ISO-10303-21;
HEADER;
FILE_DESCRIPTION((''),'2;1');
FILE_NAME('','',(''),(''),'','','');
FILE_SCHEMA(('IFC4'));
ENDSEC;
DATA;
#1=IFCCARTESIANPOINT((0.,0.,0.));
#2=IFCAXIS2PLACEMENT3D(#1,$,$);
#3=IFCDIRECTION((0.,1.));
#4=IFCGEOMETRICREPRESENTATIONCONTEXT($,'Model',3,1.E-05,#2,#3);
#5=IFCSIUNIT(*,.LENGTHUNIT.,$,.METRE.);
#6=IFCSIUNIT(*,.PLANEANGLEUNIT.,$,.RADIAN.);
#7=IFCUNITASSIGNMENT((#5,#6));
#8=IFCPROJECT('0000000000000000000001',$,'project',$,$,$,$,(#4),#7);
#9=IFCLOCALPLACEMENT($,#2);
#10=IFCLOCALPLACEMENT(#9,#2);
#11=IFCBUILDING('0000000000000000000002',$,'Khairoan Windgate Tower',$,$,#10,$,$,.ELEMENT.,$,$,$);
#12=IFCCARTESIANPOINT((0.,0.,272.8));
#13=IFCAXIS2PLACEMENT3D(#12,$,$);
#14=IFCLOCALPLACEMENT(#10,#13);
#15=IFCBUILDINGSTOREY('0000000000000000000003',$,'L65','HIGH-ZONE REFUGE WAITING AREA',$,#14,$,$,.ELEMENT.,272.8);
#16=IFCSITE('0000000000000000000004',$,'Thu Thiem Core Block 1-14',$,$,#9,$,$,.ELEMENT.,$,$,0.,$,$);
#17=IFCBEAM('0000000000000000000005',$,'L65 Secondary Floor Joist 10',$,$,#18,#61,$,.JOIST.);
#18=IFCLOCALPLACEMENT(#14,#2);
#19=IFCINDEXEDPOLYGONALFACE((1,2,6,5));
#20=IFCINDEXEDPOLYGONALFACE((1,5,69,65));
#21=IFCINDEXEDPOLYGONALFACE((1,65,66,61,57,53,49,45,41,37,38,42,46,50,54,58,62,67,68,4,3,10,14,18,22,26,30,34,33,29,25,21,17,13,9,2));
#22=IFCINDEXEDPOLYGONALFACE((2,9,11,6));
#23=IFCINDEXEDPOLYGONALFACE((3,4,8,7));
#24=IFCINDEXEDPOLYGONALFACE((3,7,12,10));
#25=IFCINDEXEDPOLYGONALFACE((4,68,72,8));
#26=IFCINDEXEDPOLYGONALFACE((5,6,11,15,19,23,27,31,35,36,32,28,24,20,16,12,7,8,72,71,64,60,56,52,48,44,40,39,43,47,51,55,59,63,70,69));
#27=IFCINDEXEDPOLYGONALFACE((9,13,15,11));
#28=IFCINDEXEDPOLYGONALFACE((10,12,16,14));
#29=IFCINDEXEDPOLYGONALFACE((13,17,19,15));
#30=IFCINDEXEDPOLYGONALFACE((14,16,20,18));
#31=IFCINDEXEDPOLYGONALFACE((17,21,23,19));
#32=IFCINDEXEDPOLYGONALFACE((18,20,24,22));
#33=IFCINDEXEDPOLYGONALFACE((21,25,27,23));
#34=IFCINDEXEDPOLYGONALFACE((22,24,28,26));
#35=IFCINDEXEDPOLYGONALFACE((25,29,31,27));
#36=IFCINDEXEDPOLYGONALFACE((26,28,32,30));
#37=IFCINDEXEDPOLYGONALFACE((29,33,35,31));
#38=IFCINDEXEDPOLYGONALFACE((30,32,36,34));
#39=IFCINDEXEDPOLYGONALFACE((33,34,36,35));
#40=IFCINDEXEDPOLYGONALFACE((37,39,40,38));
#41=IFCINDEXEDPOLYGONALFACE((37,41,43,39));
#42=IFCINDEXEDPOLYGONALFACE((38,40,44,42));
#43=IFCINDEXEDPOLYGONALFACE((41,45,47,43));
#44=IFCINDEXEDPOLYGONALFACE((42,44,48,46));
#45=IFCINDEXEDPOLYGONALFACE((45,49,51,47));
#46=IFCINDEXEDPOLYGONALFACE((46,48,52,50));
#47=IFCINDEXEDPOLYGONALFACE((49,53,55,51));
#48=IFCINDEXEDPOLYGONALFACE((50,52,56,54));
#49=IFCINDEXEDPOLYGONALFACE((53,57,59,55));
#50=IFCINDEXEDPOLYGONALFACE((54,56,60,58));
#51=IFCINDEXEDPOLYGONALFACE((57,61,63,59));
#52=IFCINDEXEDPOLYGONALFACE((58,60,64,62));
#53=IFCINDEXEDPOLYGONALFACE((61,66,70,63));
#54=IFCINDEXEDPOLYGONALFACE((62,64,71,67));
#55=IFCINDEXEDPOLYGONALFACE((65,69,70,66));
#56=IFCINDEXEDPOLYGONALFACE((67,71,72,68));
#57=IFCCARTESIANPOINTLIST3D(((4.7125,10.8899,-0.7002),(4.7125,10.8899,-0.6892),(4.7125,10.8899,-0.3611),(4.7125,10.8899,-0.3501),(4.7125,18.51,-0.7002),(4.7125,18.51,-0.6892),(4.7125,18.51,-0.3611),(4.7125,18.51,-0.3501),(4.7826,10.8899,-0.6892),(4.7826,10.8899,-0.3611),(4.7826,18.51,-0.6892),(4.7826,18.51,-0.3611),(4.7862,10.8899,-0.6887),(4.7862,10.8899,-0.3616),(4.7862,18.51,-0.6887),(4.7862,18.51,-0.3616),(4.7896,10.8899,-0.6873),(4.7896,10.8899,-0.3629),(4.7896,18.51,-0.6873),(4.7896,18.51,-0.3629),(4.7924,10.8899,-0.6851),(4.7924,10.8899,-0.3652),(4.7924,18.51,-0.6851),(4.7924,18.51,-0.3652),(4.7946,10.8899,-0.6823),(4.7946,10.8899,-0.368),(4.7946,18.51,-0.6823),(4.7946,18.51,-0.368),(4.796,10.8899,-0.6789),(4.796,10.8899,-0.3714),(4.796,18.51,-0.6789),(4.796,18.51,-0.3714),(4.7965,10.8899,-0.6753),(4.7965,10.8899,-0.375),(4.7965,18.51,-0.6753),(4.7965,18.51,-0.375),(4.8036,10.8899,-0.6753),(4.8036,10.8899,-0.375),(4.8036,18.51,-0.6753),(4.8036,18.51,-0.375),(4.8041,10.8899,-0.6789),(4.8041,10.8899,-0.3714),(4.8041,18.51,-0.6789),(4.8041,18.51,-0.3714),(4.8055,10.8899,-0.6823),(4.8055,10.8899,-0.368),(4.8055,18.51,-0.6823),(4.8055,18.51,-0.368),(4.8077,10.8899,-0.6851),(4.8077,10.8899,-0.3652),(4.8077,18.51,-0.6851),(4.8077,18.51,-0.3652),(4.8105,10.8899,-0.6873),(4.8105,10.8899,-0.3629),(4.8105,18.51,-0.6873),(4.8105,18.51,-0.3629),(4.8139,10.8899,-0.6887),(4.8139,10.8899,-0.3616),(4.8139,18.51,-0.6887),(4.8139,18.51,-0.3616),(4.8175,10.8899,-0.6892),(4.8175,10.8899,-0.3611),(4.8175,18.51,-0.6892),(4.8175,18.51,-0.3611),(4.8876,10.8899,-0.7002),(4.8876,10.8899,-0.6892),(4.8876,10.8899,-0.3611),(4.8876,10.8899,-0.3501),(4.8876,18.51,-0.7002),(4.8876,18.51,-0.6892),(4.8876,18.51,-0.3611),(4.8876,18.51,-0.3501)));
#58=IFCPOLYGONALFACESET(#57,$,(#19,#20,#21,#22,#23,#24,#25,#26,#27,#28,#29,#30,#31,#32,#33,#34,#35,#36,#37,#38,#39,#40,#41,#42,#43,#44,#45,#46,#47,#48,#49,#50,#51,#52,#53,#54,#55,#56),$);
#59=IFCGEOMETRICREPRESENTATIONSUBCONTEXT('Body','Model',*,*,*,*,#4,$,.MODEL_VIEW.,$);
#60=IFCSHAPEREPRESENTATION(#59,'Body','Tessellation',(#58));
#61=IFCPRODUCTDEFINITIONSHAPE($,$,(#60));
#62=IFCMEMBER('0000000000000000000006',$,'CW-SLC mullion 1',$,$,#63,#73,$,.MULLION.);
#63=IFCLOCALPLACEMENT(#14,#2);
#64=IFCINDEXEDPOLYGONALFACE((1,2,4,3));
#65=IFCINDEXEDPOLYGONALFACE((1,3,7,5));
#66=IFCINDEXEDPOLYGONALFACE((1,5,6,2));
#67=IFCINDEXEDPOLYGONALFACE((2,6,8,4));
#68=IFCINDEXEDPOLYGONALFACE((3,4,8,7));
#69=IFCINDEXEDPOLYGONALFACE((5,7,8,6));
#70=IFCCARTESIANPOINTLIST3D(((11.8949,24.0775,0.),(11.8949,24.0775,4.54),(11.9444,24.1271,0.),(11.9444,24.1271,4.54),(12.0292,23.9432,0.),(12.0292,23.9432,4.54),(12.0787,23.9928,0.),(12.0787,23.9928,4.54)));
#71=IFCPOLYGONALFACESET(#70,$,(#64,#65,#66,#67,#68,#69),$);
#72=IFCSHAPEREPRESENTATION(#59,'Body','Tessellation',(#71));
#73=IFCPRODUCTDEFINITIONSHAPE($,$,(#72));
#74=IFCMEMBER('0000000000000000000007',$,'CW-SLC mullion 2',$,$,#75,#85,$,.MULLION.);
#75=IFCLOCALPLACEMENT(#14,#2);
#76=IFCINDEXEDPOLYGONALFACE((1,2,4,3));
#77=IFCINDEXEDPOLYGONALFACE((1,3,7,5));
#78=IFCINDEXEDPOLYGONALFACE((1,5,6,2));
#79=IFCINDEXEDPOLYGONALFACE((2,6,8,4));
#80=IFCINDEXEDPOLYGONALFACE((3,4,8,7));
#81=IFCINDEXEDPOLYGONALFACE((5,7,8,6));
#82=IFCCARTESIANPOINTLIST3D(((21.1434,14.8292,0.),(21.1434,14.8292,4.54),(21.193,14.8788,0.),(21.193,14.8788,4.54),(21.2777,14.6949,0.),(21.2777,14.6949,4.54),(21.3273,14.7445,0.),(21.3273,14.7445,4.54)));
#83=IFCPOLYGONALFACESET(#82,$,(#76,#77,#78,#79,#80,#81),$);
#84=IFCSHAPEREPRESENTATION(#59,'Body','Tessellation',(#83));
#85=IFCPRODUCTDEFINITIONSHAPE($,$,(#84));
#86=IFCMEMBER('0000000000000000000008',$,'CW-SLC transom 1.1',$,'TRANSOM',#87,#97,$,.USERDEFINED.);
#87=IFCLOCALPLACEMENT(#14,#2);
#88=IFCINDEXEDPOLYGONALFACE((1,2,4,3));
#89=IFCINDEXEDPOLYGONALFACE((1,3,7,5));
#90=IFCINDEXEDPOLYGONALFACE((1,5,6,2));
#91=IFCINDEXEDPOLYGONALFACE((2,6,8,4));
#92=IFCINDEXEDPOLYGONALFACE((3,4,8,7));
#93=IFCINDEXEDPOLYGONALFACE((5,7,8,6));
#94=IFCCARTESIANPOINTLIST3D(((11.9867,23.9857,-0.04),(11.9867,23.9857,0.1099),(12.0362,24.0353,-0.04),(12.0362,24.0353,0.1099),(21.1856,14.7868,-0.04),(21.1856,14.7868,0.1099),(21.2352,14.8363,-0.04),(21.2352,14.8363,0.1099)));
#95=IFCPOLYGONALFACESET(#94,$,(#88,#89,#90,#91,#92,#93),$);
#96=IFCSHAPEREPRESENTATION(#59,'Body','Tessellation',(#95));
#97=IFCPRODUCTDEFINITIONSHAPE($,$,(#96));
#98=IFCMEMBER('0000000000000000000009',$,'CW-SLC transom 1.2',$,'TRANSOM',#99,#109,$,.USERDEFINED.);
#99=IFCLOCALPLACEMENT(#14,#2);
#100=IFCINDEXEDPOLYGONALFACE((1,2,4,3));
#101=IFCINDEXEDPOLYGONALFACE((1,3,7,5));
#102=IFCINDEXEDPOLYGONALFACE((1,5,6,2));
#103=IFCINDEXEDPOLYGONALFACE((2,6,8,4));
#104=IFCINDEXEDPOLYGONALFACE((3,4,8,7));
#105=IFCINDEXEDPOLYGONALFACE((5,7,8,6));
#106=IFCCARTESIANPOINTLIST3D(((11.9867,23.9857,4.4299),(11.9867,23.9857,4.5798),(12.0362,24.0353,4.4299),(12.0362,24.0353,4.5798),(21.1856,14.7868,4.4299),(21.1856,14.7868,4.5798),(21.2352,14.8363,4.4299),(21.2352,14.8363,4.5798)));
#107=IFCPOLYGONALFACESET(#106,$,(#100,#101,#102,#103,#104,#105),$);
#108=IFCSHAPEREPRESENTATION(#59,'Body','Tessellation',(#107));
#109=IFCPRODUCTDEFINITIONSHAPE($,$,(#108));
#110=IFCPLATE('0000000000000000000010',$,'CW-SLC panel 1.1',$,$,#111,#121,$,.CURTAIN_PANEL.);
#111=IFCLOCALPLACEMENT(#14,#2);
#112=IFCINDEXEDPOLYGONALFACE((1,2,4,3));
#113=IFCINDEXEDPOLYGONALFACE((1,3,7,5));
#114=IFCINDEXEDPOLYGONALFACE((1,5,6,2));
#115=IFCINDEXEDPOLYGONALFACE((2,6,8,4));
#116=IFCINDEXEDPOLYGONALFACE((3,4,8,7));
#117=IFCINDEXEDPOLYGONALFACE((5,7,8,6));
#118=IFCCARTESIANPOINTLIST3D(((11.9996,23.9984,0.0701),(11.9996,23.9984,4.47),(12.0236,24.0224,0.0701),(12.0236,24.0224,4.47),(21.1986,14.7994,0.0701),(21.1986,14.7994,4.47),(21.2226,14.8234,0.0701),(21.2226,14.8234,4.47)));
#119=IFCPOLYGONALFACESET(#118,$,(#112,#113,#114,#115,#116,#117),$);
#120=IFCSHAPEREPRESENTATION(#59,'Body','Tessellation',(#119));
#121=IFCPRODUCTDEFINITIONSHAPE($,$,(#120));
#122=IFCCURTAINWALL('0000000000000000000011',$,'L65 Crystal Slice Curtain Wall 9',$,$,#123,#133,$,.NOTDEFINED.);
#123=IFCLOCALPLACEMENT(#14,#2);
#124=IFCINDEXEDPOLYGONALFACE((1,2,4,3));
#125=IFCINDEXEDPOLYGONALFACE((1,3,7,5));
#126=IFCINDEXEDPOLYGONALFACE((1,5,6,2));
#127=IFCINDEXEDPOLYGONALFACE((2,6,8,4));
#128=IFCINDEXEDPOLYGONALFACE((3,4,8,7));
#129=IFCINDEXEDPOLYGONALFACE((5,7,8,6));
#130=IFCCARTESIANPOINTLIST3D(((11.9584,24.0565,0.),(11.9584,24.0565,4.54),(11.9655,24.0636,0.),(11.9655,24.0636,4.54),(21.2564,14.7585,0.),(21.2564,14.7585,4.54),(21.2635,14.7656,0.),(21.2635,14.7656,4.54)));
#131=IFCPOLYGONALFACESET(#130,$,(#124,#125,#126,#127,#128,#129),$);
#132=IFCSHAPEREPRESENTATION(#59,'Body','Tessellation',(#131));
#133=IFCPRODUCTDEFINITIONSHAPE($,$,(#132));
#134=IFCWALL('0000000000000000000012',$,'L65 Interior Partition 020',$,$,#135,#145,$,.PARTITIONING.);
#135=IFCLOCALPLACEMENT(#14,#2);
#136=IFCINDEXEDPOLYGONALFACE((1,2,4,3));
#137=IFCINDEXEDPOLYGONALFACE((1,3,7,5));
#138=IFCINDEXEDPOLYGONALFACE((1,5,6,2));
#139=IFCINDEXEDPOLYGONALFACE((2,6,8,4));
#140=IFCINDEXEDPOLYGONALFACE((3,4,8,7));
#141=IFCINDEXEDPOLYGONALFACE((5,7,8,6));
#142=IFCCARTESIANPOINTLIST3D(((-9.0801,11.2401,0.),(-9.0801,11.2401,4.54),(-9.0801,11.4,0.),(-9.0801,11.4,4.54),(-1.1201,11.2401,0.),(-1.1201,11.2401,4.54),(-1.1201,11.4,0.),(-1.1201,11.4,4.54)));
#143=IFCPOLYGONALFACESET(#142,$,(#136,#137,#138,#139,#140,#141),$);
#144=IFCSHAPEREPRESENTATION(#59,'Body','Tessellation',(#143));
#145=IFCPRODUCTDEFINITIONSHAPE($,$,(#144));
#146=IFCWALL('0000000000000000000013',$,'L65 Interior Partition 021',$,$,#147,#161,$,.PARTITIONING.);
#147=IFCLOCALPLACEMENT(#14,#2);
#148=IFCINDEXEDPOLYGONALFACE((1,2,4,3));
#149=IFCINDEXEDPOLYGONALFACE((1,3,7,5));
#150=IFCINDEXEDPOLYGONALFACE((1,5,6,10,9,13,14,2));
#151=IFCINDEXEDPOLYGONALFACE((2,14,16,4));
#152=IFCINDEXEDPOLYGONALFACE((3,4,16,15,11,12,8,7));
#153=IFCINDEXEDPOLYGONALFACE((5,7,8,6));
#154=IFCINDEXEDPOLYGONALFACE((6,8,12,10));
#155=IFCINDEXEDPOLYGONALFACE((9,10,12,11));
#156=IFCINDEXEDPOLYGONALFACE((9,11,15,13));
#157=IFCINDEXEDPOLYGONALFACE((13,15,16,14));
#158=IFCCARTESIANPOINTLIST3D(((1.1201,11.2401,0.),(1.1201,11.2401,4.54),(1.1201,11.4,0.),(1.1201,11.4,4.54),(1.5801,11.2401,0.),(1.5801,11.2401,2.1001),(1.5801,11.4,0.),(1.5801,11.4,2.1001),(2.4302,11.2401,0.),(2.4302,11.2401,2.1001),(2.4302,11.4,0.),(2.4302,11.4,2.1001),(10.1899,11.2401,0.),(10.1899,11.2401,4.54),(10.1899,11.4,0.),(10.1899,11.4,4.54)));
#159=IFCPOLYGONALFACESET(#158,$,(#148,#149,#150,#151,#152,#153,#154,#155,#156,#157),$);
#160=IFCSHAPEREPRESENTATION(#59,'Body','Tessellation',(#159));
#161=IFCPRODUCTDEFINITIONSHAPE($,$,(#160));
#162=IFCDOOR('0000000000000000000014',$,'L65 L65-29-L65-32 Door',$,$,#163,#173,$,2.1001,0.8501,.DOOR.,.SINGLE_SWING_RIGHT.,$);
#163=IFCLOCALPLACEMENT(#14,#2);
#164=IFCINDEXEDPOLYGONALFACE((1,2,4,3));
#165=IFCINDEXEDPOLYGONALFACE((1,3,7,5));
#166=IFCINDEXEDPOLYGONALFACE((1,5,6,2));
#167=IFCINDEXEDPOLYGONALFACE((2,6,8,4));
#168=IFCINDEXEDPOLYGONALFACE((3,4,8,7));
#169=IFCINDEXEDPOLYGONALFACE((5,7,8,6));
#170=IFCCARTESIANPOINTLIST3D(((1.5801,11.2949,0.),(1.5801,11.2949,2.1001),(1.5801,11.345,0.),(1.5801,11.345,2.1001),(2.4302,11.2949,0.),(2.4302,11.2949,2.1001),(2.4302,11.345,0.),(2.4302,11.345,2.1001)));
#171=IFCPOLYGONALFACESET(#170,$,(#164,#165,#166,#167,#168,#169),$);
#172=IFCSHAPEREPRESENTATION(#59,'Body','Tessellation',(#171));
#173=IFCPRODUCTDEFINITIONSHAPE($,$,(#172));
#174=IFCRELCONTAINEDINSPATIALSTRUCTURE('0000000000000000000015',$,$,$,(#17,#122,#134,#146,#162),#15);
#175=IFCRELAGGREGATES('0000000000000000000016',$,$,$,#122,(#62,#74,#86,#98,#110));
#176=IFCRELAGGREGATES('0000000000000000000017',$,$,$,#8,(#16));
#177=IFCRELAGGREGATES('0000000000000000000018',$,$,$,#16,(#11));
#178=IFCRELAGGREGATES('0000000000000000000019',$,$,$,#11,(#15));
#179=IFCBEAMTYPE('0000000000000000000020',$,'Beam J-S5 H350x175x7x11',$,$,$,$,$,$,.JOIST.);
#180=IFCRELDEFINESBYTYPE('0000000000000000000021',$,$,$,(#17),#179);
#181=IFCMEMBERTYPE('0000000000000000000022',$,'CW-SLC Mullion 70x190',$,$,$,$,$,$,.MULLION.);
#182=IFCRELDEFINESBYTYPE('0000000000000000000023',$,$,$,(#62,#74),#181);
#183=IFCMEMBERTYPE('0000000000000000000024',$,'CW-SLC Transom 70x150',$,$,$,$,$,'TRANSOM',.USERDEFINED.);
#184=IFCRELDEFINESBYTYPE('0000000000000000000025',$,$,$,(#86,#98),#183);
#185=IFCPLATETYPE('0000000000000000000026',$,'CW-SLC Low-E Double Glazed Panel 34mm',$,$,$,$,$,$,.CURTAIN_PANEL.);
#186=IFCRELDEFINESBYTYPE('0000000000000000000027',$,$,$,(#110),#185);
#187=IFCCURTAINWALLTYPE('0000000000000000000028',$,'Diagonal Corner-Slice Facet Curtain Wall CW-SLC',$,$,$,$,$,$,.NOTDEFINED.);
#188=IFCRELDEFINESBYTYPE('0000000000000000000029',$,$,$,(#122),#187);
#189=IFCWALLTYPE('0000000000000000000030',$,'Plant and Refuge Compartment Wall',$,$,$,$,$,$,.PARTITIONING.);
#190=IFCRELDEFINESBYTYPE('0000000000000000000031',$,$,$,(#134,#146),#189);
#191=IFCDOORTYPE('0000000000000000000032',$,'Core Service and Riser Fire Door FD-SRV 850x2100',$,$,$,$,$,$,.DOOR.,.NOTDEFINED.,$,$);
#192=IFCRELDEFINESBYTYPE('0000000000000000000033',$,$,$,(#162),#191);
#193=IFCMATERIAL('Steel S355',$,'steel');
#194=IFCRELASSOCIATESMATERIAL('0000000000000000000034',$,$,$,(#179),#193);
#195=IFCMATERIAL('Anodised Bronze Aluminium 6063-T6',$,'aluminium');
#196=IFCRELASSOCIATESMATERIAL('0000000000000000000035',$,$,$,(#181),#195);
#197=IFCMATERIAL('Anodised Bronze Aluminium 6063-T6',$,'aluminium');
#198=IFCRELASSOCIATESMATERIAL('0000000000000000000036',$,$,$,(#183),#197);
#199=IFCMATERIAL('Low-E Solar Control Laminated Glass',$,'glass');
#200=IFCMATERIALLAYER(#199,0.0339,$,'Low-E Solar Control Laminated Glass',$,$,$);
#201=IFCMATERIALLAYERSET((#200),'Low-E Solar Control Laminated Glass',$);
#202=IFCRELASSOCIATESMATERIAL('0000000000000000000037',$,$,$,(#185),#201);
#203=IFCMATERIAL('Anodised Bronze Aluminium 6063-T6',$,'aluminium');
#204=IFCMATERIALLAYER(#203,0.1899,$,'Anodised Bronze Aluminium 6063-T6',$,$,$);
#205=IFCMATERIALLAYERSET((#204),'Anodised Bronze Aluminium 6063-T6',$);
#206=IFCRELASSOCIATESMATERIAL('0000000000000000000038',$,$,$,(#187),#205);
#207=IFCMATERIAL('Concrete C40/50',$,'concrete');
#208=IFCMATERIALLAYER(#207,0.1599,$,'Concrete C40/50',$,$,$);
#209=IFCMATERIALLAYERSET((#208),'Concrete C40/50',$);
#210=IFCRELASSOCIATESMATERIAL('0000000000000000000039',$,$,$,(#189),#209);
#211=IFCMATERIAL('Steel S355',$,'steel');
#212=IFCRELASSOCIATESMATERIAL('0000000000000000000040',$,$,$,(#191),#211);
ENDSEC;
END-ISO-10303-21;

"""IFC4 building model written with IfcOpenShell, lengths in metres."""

from ifc_helpers import new_model, si_unit, direction, frame, frame_2d, origin, origin_2d, place, context, subcontext, project, spatial, rectangle, i_section, extrude, material, layer, layer_set, material_profile, profile_set, type_object, element, fill, aggregate, save


model = new_model("IFC4")

# Units and contexts
model_context = context("Model", 3, precision=1e-05, world=origin(), true_north=direction((0.0, 1.0)))
body_context = subcontext(model_context, "Body", "Model", "MODEL_VIEW")
ifc_project = project(units=[si_unit("LENGTHUNIT", "METRE"), si_unit("PLANEANGLEUNIT", "RADIAN")], contexts=[model_context])

# Site, building, storey
site_placement = place(None, origin())
site = spatial("IfcSite", under=ifc_project, at=site_placement, Name="Thu Thiem Core Block 1-14", CompositionType="ELEMENT", RefElevation=0.0)
building_placement = place(site_placement, origin())
building = spatial("IfcBuilding", under=site, at=building_placement, Name="Khairoan Windgate Tower", CompositionType="ELEMENT")
storey_placement = place(building_placement, frame((0.0, 0.0, 272.8)))
storey = spatial("IfcBuildingStorey", under=building, at=storey_placement, Name="L65", Description="HIGH-ZONE REFUGE WAITING AREA", CompositionType="ELEMENT", Elevation=272.8)

# Beam
ifc_material_1 = material(Name="Steel S355", Category="steel")
ifc_material_profile_1 = material_profile(ifc_material_1, i_section(OverallWidth=0.175, OverallDepth=0.3501, WebThickness=0.0071, FlangeThickness=0.011, FilletRadius=0.0139, at=origin_2d()))
ifc_profile_set_1 = profile_set([ifc_material_profile_1], Name="Steel S355")
beam_type_1 = type_object("IfcBeamType", Name="Beam J-S5 H350x175x7x11", PredefinedType="JOIST", material=ifc_profile_set_1)
for number, where, z_axis, x_axis, name in (
    (1, (4.8, 10.8899, -0.5251), (0.0, 1.0, 0.0), (-1.0, 0.0, 0.0), "L65 Secondary Floor Joist 10"),
):
    element("IfcBeam", number, at=place(storey_placement, frame(where, z_axis=z_axis, x_axis=x_axis)), inside=storey, type_object=beam_type_1, Name=name, PredefinedType="JOIST", context=body_context, shape_type="SweptSolid", body=[
        extrude(i_section(OverallWidth=0.175, OverallDepth=0.3501, WebThickness=0.0071, FlangeThickness=0.011, FilletRadius=0.0139, at=origin_2d()), origin(), (0.0, 0.0, 1.0), 7.6201),
    ])

# Members
ifc_material_2 = material(Name="Anodised Bronze Aluminium 6063-T6", Category="aluminium")
ifc_material_profile_2 = material_profile(ifc_material_2, rectangle(XDim=0.0701, YDim=0.1899, at=origin_2d()))
ifc_profile_set_2 = profile_set([ifc_material_profile_2], Name="Anodised Bronze Aluminium 6063-T6")
member_type_1 = type_object("IfcMemberType", Name="CW-SLC Mullion 70x190", PredefinedType="MULLION", material=ifc_profile_set_2)
member_1_placement = place(storey_placement, frame((11.9868, 24.0352, 0.0), z_axis=(0.0, 0.0, 1.0), x_axis=(0.707107, 0.707107, 0.0)))
member_1 = element("IfcMember", 2, at=member_1_placement, type_object=member_type_1, Name="CW-SLC mullion 1", PredefinedType="MULLION", context=body_context, shape_type="SweptSolid", body=[
    extrude(rectangle(XDim=0.0701, YDim=0.1899, at=origin_2d()), origin(), (0.0, 0.0, 1.0), 4.54),
])
member_2_placement = place(storey_placement, frame((21.2354, 14.7869, 0.0), z_axis=(0.0, 0.0, 1.0), x_axis=(0.707107, 0.707107, 0.0)))
member_2 = element("IfcMember", 3, at=member_2_placement, type_object=member_type_1, Name="CW-SLC mullion 2", PredefinedType="MULLION", context=body_context, shape_type="SweptSolid", body=[
    extrude(rectangle(XDim=0.0701, YDim=0.1899, at=origin_2d()), origin(), (0.0, 0.0, 1.0), 4.54),
])
ifc_material_3 = material(Name="Anodised Bronze Aluminium 6063-T6", Category="aluminium")
ifc_material_profile_3 = material_profile(ifc_material_3, rectangle(XDim=0.0701, YDim=0.1499, at=origin_2d()))
ifc_profile_set_3 = profile_set([ifc_material_profile_3], Name="Anodised Bronze Aluminium 6063-T6")
member_type_2 = type_object("IfcMemberType", Name="CW-SLC Transom 70x150", ElementType="TRANSOM", PredefinedType="USERDEFINED", material=ifc_profile_set_3)
member_3_placement = place(storey_placement, frame((12.0115, 24.0105, 0.0349), z_axis=(0.707107, -0.707107, 0.0), x_axis=(0.707107, 0.707107, 0.0)))
member_3 = element("IfcMember", 4, at=member_3_placement, type_object=member_type_2, Name="CW-SLC transom 1.1", ObjectType="TRANSOM", PredefinedType="USERDEFINED", context=body_context, shape_type="SweptSolid", body=[
    extrude(rectangle(XDim=0.0701, YDim=0.1499, at=origin_2d()), origin(), (0.0, 0.0, 1.0), 13.0093),
])
member_4_placement = place(storey_placement, frame((12.0115, 24.0105, 4.5049), z_axis=(0.707107, -0.707107, 0.0), x_axis=(0.707107, 0.707107, 0.0)))
member_4 = element("IfcMember", 5, at=member_4_placement, type_object=member_type_2, Name="CW-SLC transom 1.2", ObjectType="TRANSOM", PredefinedType="USERDEFINED", context=body_context, shape_type="SweptSolid", body=[
    extrude(rectangle(XDim=0.0701, YDim=0.1499, at=origin_2d()), origin(), (0.0, 0.0, 1.0), 13.0093),
])

# Plate
ifc_material_4 = material(Name="Low-E Solar Control Laminated Glass", Category="glass")
ifc_layer_1 = layer(ifc_material_4, 0.0339, Name="Low-E Solar Control Laminated Glass")
ifc_layer_set_1 = layer_set([ifc_layer_1], Name="Low-E Solar Control Laminated Glass")
plate_type = type_object("IfcPlateType", Name="CW-SLC Low-E Double Glazed Panel 34mm", PredefinedType="CURTAIN_PANEL", material=ifc_layer_set_1)
plate_placement = place(storey_placement, frame((16.6111, 19.4109, 0.0701), z_axis=(0.0, 0.0, 1.0), x_axis=(0.707107, -0.707107, 0.0)))
plate = element("IfcPlate", 6, at=plate_placement, type_object=plate_type, Name="CW-SLC panel 1.1", PredefinedType="CURTAIN_PANEL", context=body_context, shape_type="SweptSolid", body=[
    extrude(rectangle(XDim=13.0093, YDim=0.0339, at=origin_2d()), origin(), (0.0, 0.0, 1.0), 4.3999),
])

# Curtain wall
ifc_material_5 = material(Name="Anodised Bronze Aluminium 6063-T6", Category="aluminium")
ifc_layer_2 = layer(ifc_material_5, 0.1899, Name="Anodised Bronze Aluminium 6063-T6")
ifc_layer_set_2 = layer_set([ifc_layer_2], Name="Anodised Bronze Aluminium 6063-T6")
curtain_wall_type = type_object("IfcCurtainWallType", Name="Diagonal Corner-Slice Facet Curtain Wall CW-SLC", PredefinedType="NOTDEFINED", material=ifc_layer_set_2)
curtain_wall_placement = place(storey_placement, frame((11.9619, 24.0601, 0.0), z_axis=(0.0, 0.0, 1.0), x_axis=(0.707107, -0.707107, 0.0)))
curtain_wall = element("IfcCurtainWall", 7, at=curtain_wall_placement, inside=storey, type_object=curtain_wall_type, Name="L65 Crystal Slice Curtain Wall 9", PredefinedType="NOTDEFINED", context=body_context, shape_type="SweptSolid", body=[
    extrude(rectangle(XDim=13.1494, YDim=0.01, at=frame_2d((6.5747, 0.0))), origin(), (0.0, 0.0, 1.0), 4.54),
])
aggregate(curtain_wall, [member_1, member_2, member_3, member_4, plate])

# Wall
ifc_material_6 = material(Name="Concrete C40/50", Category="concrete")
ifc_layer_3 = layer(ifc_material_6, 0.1599, Name="Concrete C40/50")
ifc_layer_set_3 = layer_set([ifc_layer_3], Name="Concrete C40/50")
wall_type = type_object("IfcWallType", Name="Plant and Refuge Compartment Wall", PredefinedType="PARTITIONING", material=ifc_layer_set_3)
wall_1_placement = place(storey_placement, frame((-9.0801, 11.3201, 0.0), z_axis=(0.0, 0.0, 1.0), x_axis=(1.0, 0.0, 0.0)))
element("IfcWall", 8, at=wall_1_placement, inside=storey, type_object=wall_type, Name="L65 Interior Partition 020", PredefinedType="PARTITIONING", context=body_context, shape_type="SweptSolid", body=[
    extrude(rectangle(XDim=7.96, YDim=0.1599, at=frame_2d((3.98, 0.0))), origin(), (0.0, 0.0, 1.0), 4.54),
])

# Wall, opening, door
wall_2_placement = place(storey_placement, frame((1.1201, 11.3201, 0.0), z_axis=(0.0, 0.0, 1.0), x_axis=(1.0, 0.0, 0.0)))
wall_2 = element("IfcWall", 9, at=wall_2_placement, inside=storey, type_object=wall_type, Name="L65 Interior Partition 021", PredefinedType="PARTITIONING", context=body_context, shape_type="SweptSolid", body=[
    extrude(rectangle(XDim=9.0698, YDim=0.1599, at=frame_2d((4.5349, 0.0))), origin(), (0.0, 0.0, 1.0), 4.54),
])
opening_placement = place(wall_2_placement, frame((0.46, 0.0, 0.0)))
opening = element("IfcOpeningElement", 10, at=opening_placement, cuts=wall_2, PredefinedType="OPENING", context=body_context, shape_type="SweptSolid", body=[
    extrude(rectangle(XDim=0.8501, YDim=2.1001, at=frame_2d((0.425, 1.05))), frame((0.0, 0.0898, 0.0), z_axis=(0.0, -1.0, 0.0), x_axis=(1.0, 0.0, 0.0)), (0.0, 0.0, 1.0), 0.1799),
])
ifc_material_7 = material(Name="Steel S355", Category="steel")
door_type = type_object("IfcDoorType", Name="Core Service and Riser Fire Door FD-SRV 850x2100", OperationType="NOTDEFINED", PredefinedType="DOOR", material=ifc_material_7)
door_placement = place(opening_placement, origin())
door = element("IfcDoor", 11, at=door_placement, inside=storey, type_object=door_type, Name="L65 L65-29-L65-32 Door", OperationType="SINGLE_SWING_RIGHT", OverallHeight=2.1001, OverallWidth=0.8501, PredefinedType="DOOR", context=body_context, shape_type="SweptSolid", body=[
    extrude(rectangle(XDim=0.8501, YDim=2.1001, at=frame_2d((0.425, 1.05))), frame((0.0, 0.0249, 0.0), z_axis=(0.0, -1.0, 0.0), x_axis=(1.0, 0.0, 0.0)), (0.0, 0.0, 1.0), 0.05),
])
fill(opening, door)

save(model, "model.ifc")
